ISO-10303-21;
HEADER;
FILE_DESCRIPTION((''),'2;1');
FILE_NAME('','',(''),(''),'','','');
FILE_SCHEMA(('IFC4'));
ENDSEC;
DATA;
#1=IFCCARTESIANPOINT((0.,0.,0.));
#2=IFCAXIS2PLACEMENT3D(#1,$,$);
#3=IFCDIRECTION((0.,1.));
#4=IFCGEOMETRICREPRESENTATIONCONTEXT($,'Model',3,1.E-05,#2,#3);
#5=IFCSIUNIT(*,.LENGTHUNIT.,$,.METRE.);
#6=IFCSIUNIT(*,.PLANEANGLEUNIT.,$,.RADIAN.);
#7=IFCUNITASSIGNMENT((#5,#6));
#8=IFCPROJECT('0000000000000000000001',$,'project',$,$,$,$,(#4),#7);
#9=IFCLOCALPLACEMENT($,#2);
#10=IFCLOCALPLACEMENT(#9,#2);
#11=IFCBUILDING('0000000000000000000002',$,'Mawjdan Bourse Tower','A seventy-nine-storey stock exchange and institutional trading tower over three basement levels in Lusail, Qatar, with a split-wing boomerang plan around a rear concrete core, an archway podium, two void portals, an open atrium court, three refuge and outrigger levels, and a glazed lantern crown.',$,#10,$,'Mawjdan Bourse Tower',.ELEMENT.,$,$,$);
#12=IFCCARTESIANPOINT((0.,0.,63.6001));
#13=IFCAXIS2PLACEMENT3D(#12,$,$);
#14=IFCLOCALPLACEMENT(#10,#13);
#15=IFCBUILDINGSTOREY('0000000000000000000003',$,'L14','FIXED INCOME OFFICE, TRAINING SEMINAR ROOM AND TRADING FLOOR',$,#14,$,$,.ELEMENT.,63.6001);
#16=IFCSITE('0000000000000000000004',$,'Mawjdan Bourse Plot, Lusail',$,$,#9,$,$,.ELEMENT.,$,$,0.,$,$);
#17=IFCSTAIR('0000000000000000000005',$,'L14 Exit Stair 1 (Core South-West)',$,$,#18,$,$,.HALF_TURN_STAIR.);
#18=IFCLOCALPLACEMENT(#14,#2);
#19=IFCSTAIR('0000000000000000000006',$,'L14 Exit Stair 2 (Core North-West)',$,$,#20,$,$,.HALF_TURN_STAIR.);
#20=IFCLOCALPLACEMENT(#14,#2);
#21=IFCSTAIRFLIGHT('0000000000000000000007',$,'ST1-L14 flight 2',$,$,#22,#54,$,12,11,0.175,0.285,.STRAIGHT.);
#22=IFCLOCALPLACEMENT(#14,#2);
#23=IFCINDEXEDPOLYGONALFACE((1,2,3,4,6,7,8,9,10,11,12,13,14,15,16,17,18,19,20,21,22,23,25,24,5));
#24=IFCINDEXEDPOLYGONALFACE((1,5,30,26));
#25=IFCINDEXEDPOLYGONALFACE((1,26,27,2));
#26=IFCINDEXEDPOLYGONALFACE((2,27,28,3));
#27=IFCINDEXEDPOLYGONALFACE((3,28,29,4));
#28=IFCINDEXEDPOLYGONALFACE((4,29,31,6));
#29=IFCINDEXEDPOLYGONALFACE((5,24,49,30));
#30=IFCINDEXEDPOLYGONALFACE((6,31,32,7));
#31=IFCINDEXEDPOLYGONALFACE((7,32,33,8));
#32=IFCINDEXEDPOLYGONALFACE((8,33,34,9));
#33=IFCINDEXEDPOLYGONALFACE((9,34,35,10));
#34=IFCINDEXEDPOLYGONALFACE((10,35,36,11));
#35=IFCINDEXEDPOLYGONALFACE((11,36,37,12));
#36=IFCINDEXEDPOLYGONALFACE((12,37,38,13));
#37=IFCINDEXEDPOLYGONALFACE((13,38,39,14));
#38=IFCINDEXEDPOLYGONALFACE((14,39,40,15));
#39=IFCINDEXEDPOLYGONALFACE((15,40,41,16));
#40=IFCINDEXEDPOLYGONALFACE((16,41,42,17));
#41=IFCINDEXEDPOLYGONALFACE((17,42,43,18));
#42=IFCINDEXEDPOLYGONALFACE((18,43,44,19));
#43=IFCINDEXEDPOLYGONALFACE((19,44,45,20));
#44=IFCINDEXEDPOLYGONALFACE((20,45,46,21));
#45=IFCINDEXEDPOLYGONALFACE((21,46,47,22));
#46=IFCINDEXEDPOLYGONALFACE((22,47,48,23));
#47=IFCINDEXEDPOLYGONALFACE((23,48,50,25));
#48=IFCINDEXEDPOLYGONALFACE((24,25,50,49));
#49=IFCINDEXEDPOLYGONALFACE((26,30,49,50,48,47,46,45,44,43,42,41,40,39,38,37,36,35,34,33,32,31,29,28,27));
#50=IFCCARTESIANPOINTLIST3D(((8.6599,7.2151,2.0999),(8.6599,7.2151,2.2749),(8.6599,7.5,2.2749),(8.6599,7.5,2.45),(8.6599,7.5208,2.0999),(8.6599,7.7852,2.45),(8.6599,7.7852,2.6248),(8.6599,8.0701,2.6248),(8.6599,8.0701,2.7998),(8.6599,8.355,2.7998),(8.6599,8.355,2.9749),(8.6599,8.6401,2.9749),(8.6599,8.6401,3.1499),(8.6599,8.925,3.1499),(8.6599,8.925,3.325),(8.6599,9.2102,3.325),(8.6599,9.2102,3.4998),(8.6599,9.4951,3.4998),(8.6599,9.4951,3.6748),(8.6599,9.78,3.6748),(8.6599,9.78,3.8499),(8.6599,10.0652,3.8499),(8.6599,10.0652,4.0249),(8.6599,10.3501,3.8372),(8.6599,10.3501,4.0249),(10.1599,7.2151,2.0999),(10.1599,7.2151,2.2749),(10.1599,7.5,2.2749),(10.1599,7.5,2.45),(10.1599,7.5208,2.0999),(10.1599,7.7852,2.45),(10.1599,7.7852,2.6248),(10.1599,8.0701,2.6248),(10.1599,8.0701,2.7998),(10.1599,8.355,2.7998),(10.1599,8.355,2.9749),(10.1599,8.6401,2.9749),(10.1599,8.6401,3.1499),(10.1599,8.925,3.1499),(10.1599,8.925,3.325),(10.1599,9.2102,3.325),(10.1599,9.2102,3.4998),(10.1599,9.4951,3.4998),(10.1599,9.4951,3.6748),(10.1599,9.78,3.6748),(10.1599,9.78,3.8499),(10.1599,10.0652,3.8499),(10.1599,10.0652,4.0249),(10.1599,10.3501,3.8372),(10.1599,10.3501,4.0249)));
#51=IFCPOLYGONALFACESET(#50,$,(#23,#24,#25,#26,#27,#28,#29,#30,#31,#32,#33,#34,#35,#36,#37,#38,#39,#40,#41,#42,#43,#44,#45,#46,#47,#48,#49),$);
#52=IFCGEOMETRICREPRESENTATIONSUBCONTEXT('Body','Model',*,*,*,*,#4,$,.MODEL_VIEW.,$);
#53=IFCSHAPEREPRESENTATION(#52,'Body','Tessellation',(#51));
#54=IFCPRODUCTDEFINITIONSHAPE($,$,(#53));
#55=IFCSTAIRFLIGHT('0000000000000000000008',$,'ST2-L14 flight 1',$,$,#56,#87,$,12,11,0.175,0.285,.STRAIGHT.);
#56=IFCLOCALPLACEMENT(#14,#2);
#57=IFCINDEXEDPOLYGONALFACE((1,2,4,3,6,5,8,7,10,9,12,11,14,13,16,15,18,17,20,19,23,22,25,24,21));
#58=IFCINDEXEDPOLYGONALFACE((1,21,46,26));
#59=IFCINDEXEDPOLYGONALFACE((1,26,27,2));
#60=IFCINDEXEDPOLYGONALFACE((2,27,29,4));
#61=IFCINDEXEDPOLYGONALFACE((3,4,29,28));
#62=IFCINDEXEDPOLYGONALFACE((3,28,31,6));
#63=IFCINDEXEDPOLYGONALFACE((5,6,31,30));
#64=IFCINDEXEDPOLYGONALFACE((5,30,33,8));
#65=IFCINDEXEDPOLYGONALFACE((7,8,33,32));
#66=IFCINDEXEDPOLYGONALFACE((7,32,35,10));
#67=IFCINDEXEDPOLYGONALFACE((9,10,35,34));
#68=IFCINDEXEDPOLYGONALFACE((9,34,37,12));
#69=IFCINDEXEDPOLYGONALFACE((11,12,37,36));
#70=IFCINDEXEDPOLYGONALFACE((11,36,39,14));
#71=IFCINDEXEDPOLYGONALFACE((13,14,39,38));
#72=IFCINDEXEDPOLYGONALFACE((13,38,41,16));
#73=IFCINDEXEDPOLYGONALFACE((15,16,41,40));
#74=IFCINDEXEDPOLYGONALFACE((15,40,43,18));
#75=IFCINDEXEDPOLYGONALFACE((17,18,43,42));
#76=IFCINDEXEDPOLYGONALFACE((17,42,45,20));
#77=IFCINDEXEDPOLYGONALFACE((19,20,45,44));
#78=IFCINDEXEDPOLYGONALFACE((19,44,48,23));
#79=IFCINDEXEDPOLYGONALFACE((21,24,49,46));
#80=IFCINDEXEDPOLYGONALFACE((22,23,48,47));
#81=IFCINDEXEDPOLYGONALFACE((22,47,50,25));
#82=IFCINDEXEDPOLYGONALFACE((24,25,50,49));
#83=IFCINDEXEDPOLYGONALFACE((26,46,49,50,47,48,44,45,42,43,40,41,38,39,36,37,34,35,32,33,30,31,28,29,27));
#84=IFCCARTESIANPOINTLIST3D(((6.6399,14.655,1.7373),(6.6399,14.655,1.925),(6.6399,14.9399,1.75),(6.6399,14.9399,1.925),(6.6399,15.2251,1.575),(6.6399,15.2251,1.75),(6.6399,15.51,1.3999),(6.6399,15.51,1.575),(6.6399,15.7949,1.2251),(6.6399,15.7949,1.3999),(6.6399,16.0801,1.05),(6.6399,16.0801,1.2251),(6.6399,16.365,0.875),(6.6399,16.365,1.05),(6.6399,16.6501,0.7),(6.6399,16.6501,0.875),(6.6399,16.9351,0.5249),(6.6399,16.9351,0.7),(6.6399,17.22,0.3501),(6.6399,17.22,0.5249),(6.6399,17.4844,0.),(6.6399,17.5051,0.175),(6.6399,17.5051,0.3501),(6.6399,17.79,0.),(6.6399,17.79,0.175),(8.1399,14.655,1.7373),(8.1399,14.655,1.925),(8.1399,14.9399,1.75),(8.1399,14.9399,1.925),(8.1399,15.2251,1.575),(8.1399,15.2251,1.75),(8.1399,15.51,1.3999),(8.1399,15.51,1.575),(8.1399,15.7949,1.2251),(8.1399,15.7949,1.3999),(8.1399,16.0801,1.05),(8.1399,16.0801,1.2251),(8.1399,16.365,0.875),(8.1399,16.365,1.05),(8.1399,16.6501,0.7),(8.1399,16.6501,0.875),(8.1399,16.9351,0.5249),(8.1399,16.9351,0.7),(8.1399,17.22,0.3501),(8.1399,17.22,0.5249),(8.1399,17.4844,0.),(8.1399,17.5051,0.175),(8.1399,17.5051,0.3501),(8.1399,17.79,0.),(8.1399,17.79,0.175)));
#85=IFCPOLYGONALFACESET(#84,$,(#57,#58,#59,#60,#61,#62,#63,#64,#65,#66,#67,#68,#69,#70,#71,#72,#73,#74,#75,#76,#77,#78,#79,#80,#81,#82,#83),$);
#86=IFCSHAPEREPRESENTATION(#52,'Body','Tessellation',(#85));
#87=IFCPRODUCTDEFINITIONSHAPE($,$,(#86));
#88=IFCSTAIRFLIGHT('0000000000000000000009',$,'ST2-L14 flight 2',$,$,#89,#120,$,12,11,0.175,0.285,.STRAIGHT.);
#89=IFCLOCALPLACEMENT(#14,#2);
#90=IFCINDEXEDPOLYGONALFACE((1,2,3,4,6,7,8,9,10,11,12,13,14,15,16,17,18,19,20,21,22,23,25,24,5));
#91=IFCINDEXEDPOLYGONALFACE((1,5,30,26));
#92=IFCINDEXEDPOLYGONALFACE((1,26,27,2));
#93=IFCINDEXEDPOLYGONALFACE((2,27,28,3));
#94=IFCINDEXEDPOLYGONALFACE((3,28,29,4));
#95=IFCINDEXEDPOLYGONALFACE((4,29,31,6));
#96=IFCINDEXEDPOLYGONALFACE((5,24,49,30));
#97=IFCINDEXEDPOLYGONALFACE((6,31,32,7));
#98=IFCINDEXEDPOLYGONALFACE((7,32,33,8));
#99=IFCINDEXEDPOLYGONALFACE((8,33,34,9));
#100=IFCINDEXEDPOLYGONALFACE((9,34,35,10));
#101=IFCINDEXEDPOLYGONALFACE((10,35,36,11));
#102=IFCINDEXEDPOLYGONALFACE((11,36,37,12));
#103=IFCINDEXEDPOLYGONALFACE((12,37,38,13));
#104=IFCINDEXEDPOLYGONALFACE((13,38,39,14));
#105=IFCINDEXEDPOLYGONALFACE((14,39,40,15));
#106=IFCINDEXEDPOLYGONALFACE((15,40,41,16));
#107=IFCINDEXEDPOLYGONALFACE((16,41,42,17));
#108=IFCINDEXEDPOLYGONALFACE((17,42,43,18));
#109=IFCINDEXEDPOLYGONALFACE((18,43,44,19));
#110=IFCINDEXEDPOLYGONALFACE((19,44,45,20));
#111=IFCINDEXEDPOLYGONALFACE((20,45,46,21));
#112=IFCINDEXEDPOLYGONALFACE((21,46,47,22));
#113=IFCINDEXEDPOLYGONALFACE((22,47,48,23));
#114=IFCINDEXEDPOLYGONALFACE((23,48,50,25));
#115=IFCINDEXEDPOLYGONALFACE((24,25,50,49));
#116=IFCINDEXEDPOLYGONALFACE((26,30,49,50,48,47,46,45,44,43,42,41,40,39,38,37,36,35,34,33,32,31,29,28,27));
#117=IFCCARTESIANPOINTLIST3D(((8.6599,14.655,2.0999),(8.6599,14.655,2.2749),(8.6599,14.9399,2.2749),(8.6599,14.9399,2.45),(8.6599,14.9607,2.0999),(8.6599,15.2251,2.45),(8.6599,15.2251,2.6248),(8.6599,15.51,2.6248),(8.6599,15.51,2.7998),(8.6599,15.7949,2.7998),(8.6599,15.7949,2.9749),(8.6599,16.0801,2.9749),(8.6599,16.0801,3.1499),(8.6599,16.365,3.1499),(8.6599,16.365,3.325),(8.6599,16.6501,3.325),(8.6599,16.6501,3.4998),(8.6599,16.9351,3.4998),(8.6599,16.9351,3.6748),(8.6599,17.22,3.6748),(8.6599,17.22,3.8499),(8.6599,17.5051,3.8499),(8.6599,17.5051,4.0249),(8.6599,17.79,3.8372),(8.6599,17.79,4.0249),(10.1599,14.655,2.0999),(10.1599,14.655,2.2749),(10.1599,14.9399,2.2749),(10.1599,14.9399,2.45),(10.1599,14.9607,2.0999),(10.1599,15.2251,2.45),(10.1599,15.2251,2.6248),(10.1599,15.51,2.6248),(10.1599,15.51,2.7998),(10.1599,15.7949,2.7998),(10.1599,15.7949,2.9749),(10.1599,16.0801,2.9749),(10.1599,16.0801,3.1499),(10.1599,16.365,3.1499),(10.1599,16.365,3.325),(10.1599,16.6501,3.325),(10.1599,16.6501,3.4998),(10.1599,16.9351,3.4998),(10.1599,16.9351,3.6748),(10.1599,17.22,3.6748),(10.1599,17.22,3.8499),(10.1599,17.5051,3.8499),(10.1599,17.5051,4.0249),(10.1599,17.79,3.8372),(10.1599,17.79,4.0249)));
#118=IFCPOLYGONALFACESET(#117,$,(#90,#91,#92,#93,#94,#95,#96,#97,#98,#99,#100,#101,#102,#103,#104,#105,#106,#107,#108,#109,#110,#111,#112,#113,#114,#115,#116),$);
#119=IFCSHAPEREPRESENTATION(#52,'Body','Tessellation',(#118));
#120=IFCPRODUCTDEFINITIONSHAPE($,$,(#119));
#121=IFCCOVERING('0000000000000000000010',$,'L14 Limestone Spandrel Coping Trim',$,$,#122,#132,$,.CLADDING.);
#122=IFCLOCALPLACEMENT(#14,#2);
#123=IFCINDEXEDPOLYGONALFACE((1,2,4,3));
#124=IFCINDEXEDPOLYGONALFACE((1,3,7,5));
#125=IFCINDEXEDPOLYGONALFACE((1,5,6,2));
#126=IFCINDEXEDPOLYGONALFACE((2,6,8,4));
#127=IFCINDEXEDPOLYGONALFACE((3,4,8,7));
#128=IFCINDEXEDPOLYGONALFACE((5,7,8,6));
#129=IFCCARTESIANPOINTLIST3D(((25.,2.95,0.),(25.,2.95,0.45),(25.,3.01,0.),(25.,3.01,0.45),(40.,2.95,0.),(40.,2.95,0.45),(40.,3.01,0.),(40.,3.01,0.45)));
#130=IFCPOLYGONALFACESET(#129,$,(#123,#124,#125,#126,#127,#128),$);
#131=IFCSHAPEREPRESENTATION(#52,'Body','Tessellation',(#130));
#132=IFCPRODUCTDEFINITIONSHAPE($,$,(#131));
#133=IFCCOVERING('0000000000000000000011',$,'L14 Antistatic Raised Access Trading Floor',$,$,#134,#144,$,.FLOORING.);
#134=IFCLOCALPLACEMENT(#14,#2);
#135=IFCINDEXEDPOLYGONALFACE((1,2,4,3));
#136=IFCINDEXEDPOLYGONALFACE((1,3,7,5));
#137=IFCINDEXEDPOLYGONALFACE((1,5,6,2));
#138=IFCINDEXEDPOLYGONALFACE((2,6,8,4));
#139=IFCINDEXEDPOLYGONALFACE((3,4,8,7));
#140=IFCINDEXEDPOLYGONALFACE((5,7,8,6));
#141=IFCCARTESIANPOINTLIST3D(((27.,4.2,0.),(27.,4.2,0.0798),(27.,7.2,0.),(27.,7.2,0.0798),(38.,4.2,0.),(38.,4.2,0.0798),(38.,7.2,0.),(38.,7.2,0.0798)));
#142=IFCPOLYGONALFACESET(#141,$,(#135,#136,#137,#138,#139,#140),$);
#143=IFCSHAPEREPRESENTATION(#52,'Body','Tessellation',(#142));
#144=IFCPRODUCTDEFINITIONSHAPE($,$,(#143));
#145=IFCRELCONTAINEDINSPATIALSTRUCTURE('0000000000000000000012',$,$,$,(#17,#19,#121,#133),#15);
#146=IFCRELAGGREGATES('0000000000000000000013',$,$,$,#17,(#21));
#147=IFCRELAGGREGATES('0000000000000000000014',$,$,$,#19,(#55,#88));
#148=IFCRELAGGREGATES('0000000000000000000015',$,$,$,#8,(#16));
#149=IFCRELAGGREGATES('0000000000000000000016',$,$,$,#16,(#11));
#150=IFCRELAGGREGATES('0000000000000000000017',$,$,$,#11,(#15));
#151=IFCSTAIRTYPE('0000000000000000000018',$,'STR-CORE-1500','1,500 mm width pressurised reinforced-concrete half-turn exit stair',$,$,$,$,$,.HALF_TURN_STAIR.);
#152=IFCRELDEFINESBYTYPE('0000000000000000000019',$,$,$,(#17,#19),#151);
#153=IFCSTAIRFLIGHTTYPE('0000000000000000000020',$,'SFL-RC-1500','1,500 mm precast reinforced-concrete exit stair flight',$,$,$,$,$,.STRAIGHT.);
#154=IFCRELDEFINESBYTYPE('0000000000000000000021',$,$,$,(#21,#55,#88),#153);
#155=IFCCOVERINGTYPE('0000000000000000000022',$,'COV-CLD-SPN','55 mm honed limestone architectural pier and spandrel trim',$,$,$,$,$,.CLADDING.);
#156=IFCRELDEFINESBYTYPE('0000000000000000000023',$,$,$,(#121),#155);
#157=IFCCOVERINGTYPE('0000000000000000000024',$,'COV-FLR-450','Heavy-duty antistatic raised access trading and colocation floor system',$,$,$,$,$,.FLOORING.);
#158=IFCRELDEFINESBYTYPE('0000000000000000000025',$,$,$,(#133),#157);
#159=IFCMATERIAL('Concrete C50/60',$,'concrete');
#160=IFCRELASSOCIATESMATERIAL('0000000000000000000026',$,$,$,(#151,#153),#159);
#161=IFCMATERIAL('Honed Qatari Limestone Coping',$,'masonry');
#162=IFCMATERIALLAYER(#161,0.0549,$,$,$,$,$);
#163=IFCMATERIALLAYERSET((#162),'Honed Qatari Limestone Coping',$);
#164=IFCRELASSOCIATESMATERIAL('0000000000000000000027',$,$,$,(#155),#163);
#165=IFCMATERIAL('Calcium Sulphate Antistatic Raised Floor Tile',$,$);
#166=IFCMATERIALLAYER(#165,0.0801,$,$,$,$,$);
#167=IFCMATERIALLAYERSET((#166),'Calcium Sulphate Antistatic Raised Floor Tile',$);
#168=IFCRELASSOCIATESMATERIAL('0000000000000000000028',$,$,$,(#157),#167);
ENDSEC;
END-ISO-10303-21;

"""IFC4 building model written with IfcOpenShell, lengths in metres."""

from ifc_helpers import new_model, si_unit, direction, frame, origin, place, context, subcontext, project, spatial, polyline, outline, extrude, material, layer, layer_set, type_object, element, aggregate, save


model = new_model("IFC4")

# Units and contexts
model_context = context("Model", 3, precision=1e-05, world=origin(), true_north=direction((0.0, 1.0)))
body_context = subcontext(model_context, "Body", "Model", "MODEL_VIEW")
ifc_project = project(units=[si_unit("LENGTHUNIT", "METRE"), si_unit("PLANEANGLEUNIT", "RADIAN")], contexts=[model_context])

# Site, building, storey
site_placement = place(None, origin())
site = spatial("IfcSite", under=ifc_project, at=site_placement, Name="Mawjdan Bourse Plot, Lusail", CompositionType="ELEMENT", RefElevation=0.0)
building_placement = place(site_placement, origin())
building = spatial("IfcBuilding", under=site, at=building_placement, Name="Mawjdan Bourse Tower", Description="A seventy-nine-storey stock exchange and institutional trading tower over three basement levels in Lusail, Qatar, with a split-wing boomerang plan around a rear concrete core, an archway podium, two void portals, an open atrium court, three refuge and outrigger levels, and a glazed lantern crown.", LongName="Mawjdan Bourse Tower", CompositionType="ELEMENT")
storey_placement = place(building_placement, frame((0.0, 0.0, 63.6001)))
storey = spatial("IfcBuildingStorey", under=building, at=storey_placement, Name="L14", Description="FIXED INCOME OFFICE, TRAINING SEMINAR ROOM AND TRADING FLOOR", CompositionType="ELEMENT", Elevation=63.6001)

# Stairs
ifc_material_1 = material(Name="Concrete C50/60", Category="concrete")
stair_type = type_object("IfcStairType", Name="STR-CORE-1500", Description="1,500 mm width pressurised reinforced-concrete half-turn exit stair", PredefinedType="HALF_TURN_STAIR", material=ifc_material_1)
stair_1_placement = place(storey_placement, origin())
stair_1 = element("IfcStair", 1, at=stair_1_placement, inside=storey, type_object=stair_type, Name="L14 Exit Stair 1 (Core South-West)", PredefinedType="HALF_TURN_STAIR")
stair_2_placement = place(storey_placement, origin())
stair_2 = element("IfcStair", 2, at=stair_2_placement, inside=storey, type_object=stair_type, Name="L14 Exit Stair 2 (Core North-West)", PredefinedType="HALF_TURN_STAIR")

# Stair flights
stair_flight_type = type_object("IfcStairFlightType", Name="SFL-RC-1500", Description="1,500 mm precast reinforced-concrete exit stair flight", PredefinedType="STRAIGHT", material=ifc_material_1)
stair_flight_1_placement = place(storey_placement, frame((9.4099, 7.2151, 2.0999), z_axis=(0.0, 0.0, 1.0), x_axis=(0.0, 1.0, 0.0)))
stair_flight_1 = element("IfcStairFlight", 3, at=stair_flight_1_placement, type_object=stair_flight_type, Name="ST1-L14 flight 2", NumberOfRisers=12, NumberOfTreads=11, PredefinedType="STRAIGHT", RiserHeight=0.175, TreadLength=0.285, context=body_context, shape_type="SweptSolid", body=[
    extrude(outline(polyline([(0.0, 0.0), (0.0, 0.175), (0.2849, 0.175), (0.2849, 0.3501), (0.5701, 0.3501), (0.5701, 0.5249), (0.855, 0.5249), (0.855, 0.7), (1.1399, 0.7), (1.1399, 0.875), (1.425, 0.875), (1.425, 1.05), (1.71, 1.05), (1.71, 1.2251), (1.9951, 1.2251), (1.9951, 1.3999), (2.28, 1.3999), (2.28, 1.575), (2.5649, 1.575), (2.5649, 1.75), (2.8501, 1.75), (2.8501, 1.925), (3.135, 1.925), (3.135, 2.1001), (3.135, 1.7373), (0.3057, 0.0), (0.0, 0.0)])), frame((0.0, 0.75, 0.0), z_axis=(0.0, -1.0, 0.0), x_axis=(1.0, 0.0, 0.0)), (0.0, 0.0, 1.0), 1.5),
])
aggregate(stair_1, [stair_flight_1])
stair_flight_2_placement = place(storey_placement, frame((7.3899, 17.79, 0.0), z_axis=(0.0, 0.0, 1.0), x_axis=(0.0, -1.0, 0.0)))
stair_flight_2 = element("IfcStairFlight", 4, at=stair_flight_2_placement, type_object=stair_flight_type, Name="ST2-L14 flight 1", NumberOfRisers=12, NumberOfTreads=11, PredefinedType="STRAIGHT", RiserHeight=0.175, TreadLength=0.285, context=body_context, shape_type="SweptSolid", body=[
    extrude(outline(polyline([(0.0, 0.0), (0.0, 0.175), (0.2849, 0.175), (0.2849, 0.3501), (0.5701, 0.3501), (0.5701, 0.5249), (0.855, 0.5249), (0.855, 0.7), (1.1399, 0.7), (1.1399, 0.875), (1.425, 0.875), (1.425, 1.05), (1.71, 1.05), (1.71, 1.2251), (1.9951, 1.2251), (1.9951, 1.3999), (2.28, 1.3999), (2.28, 1.575), (2.5649, 1.575), (2.5649, 1.75), (2.8501, 1.75), (2.8501, 1.925), (3.135, 1.925), (3.135, 2.1001), (3.135, 1.7373), (0.3057, 0.0), (0.0, 0.0)])), frame((0.0, 0.75, 0.0), z_axis=(0.0, -1.0, 0.0), x_axis=(1.0, 0.0, 0.0)), (0.0, 0.0, 1.0), 1.5),
])
stair_flight_3_placement = place(storey_placement, frame((9.4099, 14.655, 2.0999), z_axis=(0.0, 0.0, 1.0), x_axis=(0.0, 1.0, 0.0)))
stair_flight_3 = element("IfcStairFlight", 5, at=stair_flight_3_placement, type_object=stair_flight_type, Name="ST2-L14 flight 2", NumberOfRisers=12, NumberOfTreads=11, PredefinedType="STRAIGHT", RiserHeight=0.175, TreadLength=0.285, context=body_context, shape_type="SweptSolid", body=[
    extrude(outline(polyline([(0.0, 0.0), (0.0, 0.175), (0.2849, 0.175), (0.2849, 0.3501), (0.5701, 0.3501), (0.5701, 0.5249), (0.855, 0.5249), (0.855, 0.7), (1.1399, 0.7), (1.1399, 0.875), (1.425, 0.875), (1.425, 1.05), (1.71, 1.05), (1.71, 1.2251), (1.9951, 1.2251), (1.9951, 1.3999), (2.28, 1.3999), (2.28, 1.575), (2.5649, 1.575), (2.5649, 1.75), (2.8501, 1.75), (2.8501, 1.925), (3.135, 1.925), (3.135, 2.1001), (3.135, 1.7373), (0.3057, 0.0), (0.0, 0.0)])), frame((0.0, 0.75, 0.0), z_axis=(0.0, -1.0, 0.0), x_axis=(1.0, 0.0, 0.0)), (0.0, 0.0, 1.0), 1.5),
])
aggregate(stair_2, [stair_flight_2, stair_flight_3])

# Coverings
ifc_material_2 = material(Name="Honed Qatari Limestone Coping", Category="masonry")
ifc_layer_1 = layer(ifc_material_2, 0.0549)
ifc_layer_set_1 = layer_set([ifc_layer_1], Name="Honed Qatari Limestone Coping")
covering_type_1 = type_object("IfcCoveringType", Name="COV-CLD-SPN", Description="55 mm honed limestone architectural pier and spandrel trim", PredefinedType="CLADDING", material=ifc_layer_set_1)
covering_1_placement = place(storey_placement, origin())
element("IfcCovering", 6, at=covering_1_placement, inside=storey, type_object=covering_type_1, Name="L14 Limestone Spandrel Coping Trim", PredefinedType="CLADDING", context=body_context, shape_type="SweptSolid", body=[
    extrude(outline(polyline([(25.0, 2.95), (40.0, 2.95), (40.0, 3.01), (25.0, 3.01), (25.0, 2.95)])), origin(), (0.0, 0.0, 1.0), 0.45),
])
ifc_material_3 = material(Name="Calcium Sulphate Antistatic Raised Floor Tile")
ifc_layer_2 = layer(ifc_material_3, 0.0801)
ifc_layer_set_2 = layer_set([ifc_layer_2], Name="Calcium Sulphate Antistatic Raised Floor Tile")
covering_type_2 = type_object("IfcCoveringType", Name="COV-FLR-450", Description="Heavy-duty antistatic raised access trading and colocation floor system", PredefinedType="FLOORING", material=ifc_layer_set_2)
covering_2_placement = place(storey_placement, origin())
element("IfcCovering", 7, at=covering_2_placement, inside=storey, type_object=covering_type_2, Name="L14 Antistatic Raised Access Trading Floor", PredefinedType="FLOORING", context=body_context, shape_type="SweptSolid", body=[
    extrude(outline(polyline([(27.0, 4.2), (38.0, 4.2), (38.0, 7.2), (27.0, 7.2), (27.0, 4.2)])), origin(), (0.0, 0.0, 1.0), 0.0798),
])

save(model, "model.ifc")
